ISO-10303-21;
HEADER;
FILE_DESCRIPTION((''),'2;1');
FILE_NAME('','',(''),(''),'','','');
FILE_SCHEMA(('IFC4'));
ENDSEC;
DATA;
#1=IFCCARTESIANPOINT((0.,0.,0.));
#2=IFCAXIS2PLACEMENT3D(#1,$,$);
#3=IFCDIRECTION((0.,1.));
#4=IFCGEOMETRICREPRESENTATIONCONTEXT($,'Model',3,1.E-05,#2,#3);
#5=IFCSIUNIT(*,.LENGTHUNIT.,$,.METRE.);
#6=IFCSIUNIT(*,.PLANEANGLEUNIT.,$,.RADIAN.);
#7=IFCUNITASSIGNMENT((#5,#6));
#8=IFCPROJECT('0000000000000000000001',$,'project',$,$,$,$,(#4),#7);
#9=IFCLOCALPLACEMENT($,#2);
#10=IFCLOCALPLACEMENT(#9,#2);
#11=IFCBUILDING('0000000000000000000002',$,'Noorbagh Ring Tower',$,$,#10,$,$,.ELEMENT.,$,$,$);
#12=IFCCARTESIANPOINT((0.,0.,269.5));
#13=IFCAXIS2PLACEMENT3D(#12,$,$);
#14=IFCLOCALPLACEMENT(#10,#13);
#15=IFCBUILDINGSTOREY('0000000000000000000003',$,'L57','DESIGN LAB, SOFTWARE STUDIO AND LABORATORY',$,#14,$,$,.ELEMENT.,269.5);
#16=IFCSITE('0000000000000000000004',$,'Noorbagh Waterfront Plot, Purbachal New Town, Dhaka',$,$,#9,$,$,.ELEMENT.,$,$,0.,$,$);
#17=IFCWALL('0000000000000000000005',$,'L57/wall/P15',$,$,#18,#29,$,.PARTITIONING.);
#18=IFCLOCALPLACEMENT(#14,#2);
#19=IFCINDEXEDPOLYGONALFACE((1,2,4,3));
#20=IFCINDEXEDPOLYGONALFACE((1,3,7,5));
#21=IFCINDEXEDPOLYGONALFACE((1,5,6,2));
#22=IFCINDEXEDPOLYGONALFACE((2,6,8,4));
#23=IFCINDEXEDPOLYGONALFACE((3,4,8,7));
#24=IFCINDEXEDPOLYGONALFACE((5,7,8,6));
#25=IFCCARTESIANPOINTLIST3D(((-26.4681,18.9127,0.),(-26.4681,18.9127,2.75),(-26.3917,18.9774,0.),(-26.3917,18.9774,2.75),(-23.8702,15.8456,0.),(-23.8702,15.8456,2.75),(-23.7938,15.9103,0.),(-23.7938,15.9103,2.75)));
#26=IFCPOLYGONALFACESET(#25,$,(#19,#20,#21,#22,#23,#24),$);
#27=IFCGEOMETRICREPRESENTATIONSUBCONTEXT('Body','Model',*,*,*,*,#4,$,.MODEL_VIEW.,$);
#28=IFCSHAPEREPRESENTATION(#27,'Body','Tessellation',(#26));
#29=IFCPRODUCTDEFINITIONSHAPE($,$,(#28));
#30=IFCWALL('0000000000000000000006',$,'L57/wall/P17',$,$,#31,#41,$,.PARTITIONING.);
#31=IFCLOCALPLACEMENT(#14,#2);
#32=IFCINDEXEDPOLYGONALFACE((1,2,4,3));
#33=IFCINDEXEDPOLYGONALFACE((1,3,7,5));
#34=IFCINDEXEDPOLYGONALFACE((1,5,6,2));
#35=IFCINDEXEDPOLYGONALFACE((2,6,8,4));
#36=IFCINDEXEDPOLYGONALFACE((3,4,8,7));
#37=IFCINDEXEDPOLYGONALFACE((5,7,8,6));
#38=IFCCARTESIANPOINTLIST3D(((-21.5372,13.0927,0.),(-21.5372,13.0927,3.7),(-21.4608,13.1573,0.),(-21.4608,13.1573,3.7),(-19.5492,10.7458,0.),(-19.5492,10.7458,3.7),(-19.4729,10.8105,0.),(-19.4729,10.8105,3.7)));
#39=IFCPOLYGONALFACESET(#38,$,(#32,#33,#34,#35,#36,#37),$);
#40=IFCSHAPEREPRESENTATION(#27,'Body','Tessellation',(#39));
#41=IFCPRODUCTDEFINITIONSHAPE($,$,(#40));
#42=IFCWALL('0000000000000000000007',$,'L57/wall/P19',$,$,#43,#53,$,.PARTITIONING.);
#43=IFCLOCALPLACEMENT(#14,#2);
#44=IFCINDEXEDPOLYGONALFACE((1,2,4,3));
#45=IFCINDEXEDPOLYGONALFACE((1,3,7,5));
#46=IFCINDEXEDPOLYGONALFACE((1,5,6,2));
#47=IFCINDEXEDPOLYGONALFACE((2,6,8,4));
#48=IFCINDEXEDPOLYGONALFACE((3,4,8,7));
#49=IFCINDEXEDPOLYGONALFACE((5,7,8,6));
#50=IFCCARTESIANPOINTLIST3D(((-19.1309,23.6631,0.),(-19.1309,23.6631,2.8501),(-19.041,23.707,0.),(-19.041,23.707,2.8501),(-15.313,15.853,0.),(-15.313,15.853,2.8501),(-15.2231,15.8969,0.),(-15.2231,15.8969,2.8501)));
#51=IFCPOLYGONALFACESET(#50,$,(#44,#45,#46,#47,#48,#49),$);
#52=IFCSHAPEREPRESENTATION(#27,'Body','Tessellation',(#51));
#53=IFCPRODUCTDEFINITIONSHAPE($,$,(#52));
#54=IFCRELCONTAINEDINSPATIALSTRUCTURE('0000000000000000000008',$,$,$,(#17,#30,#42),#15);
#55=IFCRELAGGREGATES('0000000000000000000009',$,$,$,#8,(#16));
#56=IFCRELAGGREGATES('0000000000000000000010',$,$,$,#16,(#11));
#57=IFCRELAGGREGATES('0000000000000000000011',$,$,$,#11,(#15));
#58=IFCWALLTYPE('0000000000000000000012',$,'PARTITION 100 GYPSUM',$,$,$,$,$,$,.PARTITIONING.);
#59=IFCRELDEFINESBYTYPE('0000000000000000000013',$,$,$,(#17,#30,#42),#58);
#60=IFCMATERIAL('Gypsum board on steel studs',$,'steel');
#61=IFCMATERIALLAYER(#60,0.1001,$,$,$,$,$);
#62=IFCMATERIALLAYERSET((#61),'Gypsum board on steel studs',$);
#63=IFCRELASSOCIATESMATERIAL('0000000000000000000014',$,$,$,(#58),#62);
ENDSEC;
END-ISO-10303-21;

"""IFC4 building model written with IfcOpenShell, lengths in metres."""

from ifc_helpers import new_model, si_unit, direction, frame, frame_2d, origin, place, context, subcontext, project, spatial, rectangle, extrude, material, layer, layer_set, type_object, element, save


model = new_model("IFC4")

# Units and contexts
model_context = context("Model", 3, precision=1e-05, world=origin(), true_north=direction((0.0, 1.0)))
body_context = subcontext(model_context, "Body", "Model", "MODEL_VIEW")
ifc_project = project(units=[si_unit("LENGTHUNIT", "METRE"), si_unit("PLANEANGLEUNIT", "RADIAN")], contexts=[model_context])

# Site, building, storey
site_placement = place(None, origin())
site = spatial("IfcSite", under=ifc_project, at=site_placement, Name="Noorbagh Waterfront Plot, Purbachal New Town, Dhaka", CompositionType="ELEMENT", RefElevation=0.0)
building_placement = place(site_placement, origin())
building = spatial("IfcBuilding", under=site, at=building_placement, Name="Noorbagh Ring Tower", CompositionType="ELEMENT")
storey_placement = place(building_placement, frame((0.0, 0.0, 269.5)))
storey = spatial("IfcBuildingStorey", under=building, at=storey_placement, Name="L57", Description="DESIGN LAB, SOFTWARE STUDIO AND LABORATORY", CompositionType="ELEMENT", Elevation=269.5)

# Walls
ifc_material_1 = material(Name="Gypsum board on steel studs", Category="steel")
ifc_layer_1 = layer(ifc_material_1, 0.1001)
ifc_layer_set_1 = layer_set([ifc_layer_1], Name="Gypsum board on steel studs")
wall_type_1 = type_object("IfcWallType", Name="PARTITION 100 GYPSUM", PredefinedType="PARTITIONING", material=ifc_layer_set_1)
wall_1_placement = place(storey_placement, frame((-26.4299, 18.9451, 0.0), z_axis=(0.0, 0.0, 1.0), x_axis=(0.646323, -0.763064, 0.0)))
element("IfcWall", 1, at=wall_1_placement, inside=storey, type_object=wall_type_1, Name="L57/wall/P15", PredefinedType="PARTITIONING", context=body_context, shape_type="SweptSolid", body=[
    extrude(rectangle(XDim=4.0195, YDim=0.1001, at=frame_2d((2.0098, 0.0))), origin(), (0.0, 0.0, 1.0), 2.75),
])
wall_2_placement = place(storey_placement, frame((-21.499, 13.125, 0.0), z_axis=(0.0, 0.0, 1.0), x_axis=(0.646355, -0.763037, 0.0)))
element("IfcWall", 2, at=wall_2_placement, inside=storey, type_object=wall_type_1, Name="L57/wall/P17", PredefinedType="PARTITIONING", context=body_context, shape_type="SweptSolid", body=[
    extrude(rectangle(XDim=3.0757, YDim=0.1001, at=frame_2d((1.5378, 0.0))), origin(), (0.0, 0.0, 1.0), 3.7),
])
wall_3_placement = place(storey_placement, frame((-19.0859, 23.6851, 0.0), z_axis=(0.0, 0.0, 1.0), x_axis=(0.439175, -0.898402, 0.0)))
element("IfcWall", 3, at=wall_3_placement, inside=storey, type_object=wall_type_1, Name="L57/wall/P19", PredefinedType="PARTITIONING", context=body_context, shape_type="SweptSolid", body=[
    extrude(rectangle(XDim=8.6934, YDim=0.1001, at=frame_2d((4.3467, 0.0))), origin(), (0.0, 0.0, 1.0), 2.8501),
])

save(model, "model.ifc")
